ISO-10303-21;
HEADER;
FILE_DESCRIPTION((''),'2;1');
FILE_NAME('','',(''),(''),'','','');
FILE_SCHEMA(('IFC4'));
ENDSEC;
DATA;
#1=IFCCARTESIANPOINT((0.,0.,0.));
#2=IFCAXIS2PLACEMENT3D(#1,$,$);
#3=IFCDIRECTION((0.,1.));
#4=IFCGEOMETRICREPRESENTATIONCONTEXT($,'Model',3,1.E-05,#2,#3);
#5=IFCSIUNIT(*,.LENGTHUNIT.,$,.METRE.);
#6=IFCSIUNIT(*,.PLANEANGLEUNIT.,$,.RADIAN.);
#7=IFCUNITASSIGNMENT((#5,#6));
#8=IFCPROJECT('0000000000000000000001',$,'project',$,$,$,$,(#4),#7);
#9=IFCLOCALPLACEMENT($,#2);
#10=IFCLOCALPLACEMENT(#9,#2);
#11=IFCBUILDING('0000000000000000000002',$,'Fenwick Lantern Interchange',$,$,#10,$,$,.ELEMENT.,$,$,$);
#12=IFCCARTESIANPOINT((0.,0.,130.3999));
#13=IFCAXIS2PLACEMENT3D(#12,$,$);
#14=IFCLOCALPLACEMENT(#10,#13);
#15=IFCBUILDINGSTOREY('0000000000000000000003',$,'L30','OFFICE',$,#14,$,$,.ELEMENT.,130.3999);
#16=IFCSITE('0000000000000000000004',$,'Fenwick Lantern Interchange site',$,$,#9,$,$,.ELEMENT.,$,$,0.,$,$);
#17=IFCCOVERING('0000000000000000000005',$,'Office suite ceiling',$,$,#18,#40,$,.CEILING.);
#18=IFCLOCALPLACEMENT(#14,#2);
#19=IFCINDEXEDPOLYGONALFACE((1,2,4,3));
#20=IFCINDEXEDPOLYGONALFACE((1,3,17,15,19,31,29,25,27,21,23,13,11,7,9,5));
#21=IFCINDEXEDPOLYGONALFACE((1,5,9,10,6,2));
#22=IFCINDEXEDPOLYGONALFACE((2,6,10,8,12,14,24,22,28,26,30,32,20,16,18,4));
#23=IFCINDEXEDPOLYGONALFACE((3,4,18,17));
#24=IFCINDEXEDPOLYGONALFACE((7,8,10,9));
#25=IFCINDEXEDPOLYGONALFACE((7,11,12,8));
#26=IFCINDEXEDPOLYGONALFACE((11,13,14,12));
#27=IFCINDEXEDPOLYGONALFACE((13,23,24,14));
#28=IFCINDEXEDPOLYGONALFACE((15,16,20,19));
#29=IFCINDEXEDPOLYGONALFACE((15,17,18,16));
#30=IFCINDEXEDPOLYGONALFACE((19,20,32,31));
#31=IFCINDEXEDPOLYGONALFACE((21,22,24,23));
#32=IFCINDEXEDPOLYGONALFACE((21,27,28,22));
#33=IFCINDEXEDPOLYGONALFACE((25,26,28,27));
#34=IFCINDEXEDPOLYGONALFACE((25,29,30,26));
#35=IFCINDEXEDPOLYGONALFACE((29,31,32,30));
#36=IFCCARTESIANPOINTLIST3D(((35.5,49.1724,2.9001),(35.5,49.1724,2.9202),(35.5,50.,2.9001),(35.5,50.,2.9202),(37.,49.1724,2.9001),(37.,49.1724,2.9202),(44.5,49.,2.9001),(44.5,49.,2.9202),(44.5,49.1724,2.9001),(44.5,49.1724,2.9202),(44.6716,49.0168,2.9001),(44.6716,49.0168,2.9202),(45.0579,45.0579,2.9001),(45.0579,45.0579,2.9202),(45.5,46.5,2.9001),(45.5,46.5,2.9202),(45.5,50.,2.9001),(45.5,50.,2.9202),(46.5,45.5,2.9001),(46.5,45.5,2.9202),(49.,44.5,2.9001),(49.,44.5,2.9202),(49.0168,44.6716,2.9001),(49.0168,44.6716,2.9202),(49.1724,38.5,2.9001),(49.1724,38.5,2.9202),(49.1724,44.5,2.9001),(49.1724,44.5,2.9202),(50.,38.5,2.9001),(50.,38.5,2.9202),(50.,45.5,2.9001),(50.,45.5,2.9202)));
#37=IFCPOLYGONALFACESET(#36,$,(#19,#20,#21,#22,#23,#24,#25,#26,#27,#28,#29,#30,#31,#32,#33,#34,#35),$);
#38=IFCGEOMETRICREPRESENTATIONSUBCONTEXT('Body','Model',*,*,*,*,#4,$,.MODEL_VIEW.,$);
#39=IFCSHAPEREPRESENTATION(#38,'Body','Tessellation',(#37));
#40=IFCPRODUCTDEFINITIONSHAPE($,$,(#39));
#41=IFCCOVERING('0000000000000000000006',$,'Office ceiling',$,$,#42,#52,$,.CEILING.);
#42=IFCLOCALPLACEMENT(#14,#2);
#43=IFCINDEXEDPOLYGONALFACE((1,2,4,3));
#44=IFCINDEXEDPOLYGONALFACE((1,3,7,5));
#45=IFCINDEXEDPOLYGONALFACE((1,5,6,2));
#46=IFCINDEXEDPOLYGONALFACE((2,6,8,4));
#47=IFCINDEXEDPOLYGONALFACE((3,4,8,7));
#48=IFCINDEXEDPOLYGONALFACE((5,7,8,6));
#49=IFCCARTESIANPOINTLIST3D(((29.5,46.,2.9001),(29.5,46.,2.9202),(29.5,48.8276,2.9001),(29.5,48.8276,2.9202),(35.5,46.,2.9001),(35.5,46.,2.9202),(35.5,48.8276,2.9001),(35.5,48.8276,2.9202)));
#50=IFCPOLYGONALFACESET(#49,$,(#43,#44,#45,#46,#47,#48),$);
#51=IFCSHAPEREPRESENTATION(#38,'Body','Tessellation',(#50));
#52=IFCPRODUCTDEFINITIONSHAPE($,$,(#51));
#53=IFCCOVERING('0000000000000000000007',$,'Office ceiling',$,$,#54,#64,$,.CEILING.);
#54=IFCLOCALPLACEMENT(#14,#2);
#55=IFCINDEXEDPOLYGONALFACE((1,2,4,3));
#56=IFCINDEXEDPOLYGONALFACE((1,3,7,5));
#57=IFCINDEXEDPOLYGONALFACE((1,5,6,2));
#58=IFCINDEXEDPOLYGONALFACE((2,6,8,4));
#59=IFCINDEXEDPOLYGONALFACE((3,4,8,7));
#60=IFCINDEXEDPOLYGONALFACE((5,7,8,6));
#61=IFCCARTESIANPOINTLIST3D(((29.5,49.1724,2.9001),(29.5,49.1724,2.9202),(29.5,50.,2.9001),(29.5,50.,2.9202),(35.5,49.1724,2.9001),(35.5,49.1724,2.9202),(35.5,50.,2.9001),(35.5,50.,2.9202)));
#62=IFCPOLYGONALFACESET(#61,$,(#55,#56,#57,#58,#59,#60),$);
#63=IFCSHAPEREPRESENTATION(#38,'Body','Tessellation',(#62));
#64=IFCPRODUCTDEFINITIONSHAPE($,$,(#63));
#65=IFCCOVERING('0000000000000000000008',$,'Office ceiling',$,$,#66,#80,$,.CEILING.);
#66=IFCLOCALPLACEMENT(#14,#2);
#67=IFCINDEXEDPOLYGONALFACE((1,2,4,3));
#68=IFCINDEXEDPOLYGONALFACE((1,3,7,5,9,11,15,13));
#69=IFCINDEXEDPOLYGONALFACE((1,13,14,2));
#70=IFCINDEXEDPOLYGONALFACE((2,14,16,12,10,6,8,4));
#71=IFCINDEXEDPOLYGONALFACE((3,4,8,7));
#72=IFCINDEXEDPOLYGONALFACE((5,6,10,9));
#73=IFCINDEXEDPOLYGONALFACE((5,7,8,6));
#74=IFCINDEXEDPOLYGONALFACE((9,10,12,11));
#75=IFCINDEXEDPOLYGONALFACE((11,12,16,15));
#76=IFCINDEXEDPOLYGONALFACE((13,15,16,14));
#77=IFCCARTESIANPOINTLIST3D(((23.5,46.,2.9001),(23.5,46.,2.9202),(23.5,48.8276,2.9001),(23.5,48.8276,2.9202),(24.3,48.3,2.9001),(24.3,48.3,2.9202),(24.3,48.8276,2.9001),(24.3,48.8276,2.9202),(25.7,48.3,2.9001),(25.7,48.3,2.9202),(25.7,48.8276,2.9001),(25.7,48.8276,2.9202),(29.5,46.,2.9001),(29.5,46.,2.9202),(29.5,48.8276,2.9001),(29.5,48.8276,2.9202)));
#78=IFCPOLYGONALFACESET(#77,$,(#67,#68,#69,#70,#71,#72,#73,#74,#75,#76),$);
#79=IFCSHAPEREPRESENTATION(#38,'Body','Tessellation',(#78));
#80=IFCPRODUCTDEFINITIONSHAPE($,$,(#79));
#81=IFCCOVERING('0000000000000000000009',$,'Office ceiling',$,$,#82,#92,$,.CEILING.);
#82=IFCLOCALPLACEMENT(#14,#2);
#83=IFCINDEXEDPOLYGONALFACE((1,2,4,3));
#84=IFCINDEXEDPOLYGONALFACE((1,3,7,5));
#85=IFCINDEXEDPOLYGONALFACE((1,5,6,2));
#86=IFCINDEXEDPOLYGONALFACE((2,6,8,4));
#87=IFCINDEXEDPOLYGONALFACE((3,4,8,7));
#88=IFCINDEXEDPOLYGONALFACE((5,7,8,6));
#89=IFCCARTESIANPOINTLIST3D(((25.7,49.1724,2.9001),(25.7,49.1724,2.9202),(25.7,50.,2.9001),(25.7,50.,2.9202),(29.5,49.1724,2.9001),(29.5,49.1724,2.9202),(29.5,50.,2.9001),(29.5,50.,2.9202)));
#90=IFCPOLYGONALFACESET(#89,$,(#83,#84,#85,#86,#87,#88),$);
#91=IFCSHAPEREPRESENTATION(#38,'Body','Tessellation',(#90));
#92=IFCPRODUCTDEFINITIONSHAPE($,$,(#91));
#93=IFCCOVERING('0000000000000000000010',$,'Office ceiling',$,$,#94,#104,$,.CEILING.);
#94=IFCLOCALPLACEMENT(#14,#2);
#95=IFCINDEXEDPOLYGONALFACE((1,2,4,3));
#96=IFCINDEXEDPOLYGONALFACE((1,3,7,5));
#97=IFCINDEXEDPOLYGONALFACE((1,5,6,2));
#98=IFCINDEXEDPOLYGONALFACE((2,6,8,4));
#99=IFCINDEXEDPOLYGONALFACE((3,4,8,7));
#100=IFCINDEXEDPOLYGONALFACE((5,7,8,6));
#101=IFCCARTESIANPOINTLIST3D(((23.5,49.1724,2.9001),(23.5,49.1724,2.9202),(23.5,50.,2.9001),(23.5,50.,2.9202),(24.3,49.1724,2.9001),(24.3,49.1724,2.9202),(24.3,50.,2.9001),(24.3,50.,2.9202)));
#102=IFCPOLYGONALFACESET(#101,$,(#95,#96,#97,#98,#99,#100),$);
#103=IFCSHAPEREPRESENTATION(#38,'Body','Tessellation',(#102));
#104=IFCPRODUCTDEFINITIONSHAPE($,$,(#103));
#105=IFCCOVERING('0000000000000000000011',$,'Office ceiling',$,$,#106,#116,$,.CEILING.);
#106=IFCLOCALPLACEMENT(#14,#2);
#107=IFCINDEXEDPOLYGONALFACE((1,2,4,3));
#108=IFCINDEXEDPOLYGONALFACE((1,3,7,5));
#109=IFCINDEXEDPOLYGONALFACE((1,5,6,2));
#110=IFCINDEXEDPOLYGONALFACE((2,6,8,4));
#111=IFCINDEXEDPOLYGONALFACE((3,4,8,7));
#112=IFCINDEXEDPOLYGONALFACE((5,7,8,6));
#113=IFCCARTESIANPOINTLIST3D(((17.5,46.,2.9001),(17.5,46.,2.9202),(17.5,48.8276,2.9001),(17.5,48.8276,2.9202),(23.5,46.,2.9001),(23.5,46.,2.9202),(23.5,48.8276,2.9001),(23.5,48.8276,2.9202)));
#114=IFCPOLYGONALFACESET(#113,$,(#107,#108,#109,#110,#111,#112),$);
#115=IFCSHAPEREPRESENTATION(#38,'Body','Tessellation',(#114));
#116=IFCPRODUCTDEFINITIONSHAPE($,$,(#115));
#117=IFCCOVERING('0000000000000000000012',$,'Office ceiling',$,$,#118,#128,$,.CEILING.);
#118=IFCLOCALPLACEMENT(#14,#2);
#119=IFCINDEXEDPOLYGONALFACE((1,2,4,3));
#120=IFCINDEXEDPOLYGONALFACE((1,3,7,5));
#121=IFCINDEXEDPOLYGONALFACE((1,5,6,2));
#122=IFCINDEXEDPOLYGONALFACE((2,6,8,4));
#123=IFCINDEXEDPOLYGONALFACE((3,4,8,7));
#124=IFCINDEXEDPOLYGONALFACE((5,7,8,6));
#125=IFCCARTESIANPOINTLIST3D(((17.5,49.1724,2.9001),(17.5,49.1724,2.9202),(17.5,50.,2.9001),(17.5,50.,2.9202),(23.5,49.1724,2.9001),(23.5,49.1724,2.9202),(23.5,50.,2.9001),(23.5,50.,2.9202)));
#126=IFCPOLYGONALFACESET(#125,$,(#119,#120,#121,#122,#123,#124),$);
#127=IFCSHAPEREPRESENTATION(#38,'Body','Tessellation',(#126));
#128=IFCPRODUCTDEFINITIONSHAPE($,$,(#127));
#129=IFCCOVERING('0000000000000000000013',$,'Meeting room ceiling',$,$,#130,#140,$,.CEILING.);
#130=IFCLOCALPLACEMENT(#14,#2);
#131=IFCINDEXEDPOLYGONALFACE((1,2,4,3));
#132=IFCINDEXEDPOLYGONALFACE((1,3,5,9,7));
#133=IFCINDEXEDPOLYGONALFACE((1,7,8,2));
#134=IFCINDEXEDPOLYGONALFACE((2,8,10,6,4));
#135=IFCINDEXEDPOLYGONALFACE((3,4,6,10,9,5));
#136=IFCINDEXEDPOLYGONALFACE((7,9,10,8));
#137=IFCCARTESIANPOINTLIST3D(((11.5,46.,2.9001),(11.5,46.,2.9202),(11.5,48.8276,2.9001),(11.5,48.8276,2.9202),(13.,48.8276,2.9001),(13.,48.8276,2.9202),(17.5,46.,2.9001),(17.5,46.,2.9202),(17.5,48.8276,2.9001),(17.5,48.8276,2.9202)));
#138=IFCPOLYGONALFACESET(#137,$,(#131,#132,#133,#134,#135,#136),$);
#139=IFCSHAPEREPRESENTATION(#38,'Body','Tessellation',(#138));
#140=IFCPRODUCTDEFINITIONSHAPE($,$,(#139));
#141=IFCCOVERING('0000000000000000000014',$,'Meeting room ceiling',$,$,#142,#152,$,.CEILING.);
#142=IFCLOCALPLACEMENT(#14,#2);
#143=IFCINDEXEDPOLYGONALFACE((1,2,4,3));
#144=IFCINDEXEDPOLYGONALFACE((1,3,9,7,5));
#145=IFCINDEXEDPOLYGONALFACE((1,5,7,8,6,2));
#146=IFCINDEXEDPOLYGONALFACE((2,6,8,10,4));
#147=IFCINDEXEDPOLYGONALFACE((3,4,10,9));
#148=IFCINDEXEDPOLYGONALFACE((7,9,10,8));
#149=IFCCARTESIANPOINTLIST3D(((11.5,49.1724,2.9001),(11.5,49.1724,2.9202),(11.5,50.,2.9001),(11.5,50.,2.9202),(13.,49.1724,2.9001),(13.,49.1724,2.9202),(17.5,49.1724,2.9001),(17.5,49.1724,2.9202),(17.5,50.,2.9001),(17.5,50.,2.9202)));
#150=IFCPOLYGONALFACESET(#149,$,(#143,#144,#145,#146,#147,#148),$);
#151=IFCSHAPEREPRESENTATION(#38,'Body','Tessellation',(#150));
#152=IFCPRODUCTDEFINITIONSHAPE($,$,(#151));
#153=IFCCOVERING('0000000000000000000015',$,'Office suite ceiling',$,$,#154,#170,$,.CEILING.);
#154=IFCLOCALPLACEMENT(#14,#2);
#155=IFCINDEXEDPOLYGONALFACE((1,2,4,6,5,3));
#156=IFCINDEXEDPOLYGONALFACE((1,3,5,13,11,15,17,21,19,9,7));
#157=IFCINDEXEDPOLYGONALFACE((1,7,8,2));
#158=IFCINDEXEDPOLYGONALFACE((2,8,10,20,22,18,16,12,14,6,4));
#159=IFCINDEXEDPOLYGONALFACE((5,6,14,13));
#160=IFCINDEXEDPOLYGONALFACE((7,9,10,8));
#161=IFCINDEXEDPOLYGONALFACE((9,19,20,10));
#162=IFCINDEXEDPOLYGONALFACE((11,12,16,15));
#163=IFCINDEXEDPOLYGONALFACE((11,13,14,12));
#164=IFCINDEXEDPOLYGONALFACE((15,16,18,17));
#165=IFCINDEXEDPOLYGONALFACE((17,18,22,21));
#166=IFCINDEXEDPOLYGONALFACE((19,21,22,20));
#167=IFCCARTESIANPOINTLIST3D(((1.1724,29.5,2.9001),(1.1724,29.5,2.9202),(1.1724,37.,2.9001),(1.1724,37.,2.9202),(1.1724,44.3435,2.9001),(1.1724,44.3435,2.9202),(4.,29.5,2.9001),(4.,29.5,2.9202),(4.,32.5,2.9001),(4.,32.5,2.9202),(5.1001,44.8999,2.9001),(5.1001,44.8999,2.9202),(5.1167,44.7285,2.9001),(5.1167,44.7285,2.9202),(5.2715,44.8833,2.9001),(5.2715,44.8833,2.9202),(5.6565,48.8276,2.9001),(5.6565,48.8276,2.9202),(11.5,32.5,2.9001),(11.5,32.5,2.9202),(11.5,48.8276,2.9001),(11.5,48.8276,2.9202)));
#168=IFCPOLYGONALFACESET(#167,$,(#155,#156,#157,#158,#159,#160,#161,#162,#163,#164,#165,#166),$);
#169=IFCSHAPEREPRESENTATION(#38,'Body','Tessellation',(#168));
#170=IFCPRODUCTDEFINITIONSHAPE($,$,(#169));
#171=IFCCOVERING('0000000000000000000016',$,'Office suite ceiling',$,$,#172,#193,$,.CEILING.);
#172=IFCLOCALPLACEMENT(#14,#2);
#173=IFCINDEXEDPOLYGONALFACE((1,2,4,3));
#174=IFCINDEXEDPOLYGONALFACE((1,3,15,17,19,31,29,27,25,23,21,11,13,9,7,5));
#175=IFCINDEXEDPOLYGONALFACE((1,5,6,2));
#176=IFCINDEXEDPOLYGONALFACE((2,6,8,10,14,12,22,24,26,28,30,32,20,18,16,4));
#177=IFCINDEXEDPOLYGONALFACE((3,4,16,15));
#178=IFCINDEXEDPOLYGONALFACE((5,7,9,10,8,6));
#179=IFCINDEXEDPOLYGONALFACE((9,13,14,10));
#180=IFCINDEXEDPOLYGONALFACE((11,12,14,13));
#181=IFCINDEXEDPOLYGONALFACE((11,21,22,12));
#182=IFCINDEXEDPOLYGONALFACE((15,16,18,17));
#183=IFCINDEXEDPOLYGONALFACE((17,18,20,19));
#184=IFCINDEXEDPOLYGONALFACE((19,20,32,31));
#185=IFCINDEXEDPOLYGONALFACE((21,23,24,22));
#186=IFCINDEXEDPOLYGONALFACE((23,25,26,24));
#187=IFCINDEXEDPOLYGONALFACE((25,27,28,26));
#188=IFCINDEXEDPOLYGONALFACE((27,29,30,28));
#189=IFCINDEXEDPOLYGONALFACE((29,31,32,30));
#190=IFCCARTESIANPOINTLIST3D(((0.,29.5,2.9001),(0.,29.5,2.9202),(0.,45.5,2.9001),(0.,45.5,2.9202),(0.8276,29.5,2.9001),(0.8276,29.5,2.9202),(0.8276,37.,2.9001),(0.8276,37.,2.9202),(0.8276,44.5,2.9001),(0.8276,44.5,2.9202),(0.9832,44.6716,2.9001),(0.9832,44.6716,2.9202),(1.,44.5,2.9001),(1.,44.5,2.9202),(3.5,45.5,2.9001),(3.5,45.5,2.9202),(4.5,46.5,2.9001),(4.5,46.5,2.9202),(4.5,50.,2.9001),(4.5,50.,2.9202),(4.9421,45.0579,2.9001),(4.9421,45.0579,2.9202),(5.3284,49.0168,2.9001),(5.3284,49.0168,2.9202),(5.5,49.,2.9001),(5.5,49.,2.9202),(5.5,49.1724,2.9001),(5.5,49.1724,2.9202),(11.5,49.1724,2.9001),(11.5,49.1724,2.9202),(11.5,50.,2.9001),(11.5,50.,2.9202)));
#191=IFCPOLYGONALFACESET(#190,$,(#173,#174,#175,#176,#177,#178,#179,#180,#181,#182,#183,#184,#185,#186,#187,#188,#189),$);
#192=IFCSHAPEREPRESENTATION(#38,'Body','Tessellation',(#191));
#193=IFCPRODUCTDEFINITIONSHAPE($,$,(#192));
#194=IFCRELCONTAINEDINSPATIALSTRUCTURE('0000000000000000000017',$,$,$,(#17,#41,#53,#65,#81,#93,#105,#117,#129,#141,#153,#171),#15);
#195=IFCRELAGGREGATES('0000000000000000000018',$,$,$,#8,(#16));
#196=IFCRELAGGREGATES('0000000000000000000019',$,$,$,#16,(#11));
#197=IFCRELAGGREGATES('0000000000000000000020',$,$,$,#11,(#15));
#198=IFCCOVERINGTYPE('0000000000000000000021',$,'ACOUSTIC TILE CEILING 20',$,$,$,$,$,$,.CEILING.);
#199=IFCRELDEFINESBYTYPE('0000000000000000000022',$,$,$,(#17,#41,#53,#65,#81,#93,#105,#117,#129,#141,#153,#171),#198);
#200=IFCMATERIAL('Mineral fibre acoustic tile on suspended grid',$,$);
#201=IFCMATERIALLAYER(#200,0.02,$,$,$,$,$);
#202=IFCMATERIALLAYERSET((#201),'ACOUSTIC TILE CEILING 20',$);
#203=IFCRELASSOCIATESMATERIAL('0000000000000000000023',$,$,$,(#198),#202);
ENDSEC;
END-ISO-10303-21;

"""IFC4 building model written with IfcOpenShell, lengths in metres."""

from ifc_helpers import new_model, si_unit, direction, frame, origin, place, context, subcontext, project, spatial, polyline, outline, extrude, material, layer, layer_set, type_object, element, save


model = new_model("IFC4")

# Units and contexts
model_context = context("Model", 3, precision=1e-05, world=origin(), true_north=direction((0.0, 1.0)))
body_context = subcontext(model_context, "Body", "Model", "MODEL_VIEW")
ifc_project = project(units=[si_unit("LENGTHUNIT", "METRE"), si_unit("PLANEANGLEUNIT", "RADIAN")], contexts=[model_context])

# Site, building, storey
site_placement = place(None, origin())
site = spatial("IfcSite", under=ifc_project, at=site_placement, Name="Fenwick Lantern Interchange site", CompositionType="ELEMENT", RefElevation=0.0)
building_placement = place(site_placement, origin())
building = spatial("IfcBuilding", under=site, at=building_placement, Name="Fenwick Lantern Interchange", CompositionType="ELEMENT")
storey_placement = place(building_placement, frame((0.0, 0.0, 130.3999)))
storey = spatial("IfcBuildingStorey", under=building, at=storey_placement, Name="L30", Description="OFFICE", CompositionType="ELEMENT", Elevation=130.3999)

# Coverings
ifc_material = material(Name="Mineral fibre acoustic tile on suspended grid")
ifc_layer = layer(ifc_material, 0.02)
ifc_layer_set = layer_set([ifc_layer], Name="ACOUSTIC TILE CEILING 20")
covering_type = type_object("IfcCoveringType", Name="ACOUSTIC TILE CEILING 20", PredefinedType="CEILING", material=ifc_layer_set)
covering_1_placement = place(storey_placement, frame((0.0, 0.0, 2.9001)))
element("IfcCovering", 1, at=covering_1_placement, inside=storey, type_object=covering_type, Name="Office suite ceiling", PredefinedType="CEILING", context=body_context, shape_type="SweptSolid", body=[
    extrude(outline(polyline([(50.0, 38.5), (50.0, 45.5), (46.5, 45.5), (45.5, 46.5), (45.5, 50.0), (35.5, 50.0), (35.5, 49.1724), (37.0, 49.1724), (44.5, 49.1724), (44.5, 49.0), (44.6716, 49.0168), (45.0579, 45.0579), (49.0168, 44.6716), (49.0, 44.5), (49.1724, 44.5), (49.1724, 38.5), (50.0, 38.5)])), origin(), (0.0, 0.0, 1.0), 0.02),
])
covering_2_placement = place(storey_placement, frame((0.0, 0.0, 2.9001)))
element("IfcCovering", 2, at=covering_2_placement, inside=storey, type_object=covering_type, Name="Office ceiling", PredefinedType="CEILING", context=body_context, shape_type="SweptSolid", body=[
    extrude(outline(polyline([(35.5, 46.0), (35.5, 48.8276), (29.5, 48.8276), (29.5, 46.0), (35.5, 46.0)])), origin(), (0.0, 0.0, 1.0), 0.02),
])
covering_3_placement = place(storey_placement, frame((0.0, 0.0, 2.9001)))
element("IfcCovering", 3, at=covering_3_placement, inside=storey, type_object=covering_type, Name="Office ceiling", PredefinedType="CEILING", context=body_context, shape_type="SweptSolid", body=[
    extrude(outline(polyline([(29.5, 50.0), (29.5, 49.1724), (35.5, 49.1724), (35.5, 50.0), (29.5, 50.0)])), origin(), (0.0, 0.0, 1.0), 0.02),
])
covering_4_placement = place(storey_placement, frame((0.0, 0.0, 2.9001)))
element("IfcCovering", 4, at=covering_4_placement, inside=storey, type_object=covering_type, Name="Office ceiling", PredefinedType="CEILING", context=body_context, shape_type="SweptSolid", body=[
    extrude(outline(polyline([(29.5, 46.0), (29.5, 48.8276), (25.7, 48.8276), (25.7, 48.3), (24.3, 48.3), (24.3, 48.8276), (23.5, 48.8276), (23.5, 46.0), (29.5, 46.0)])), origin(), (0.0, 0.0, 1.0), 0.02),
])
covering_5_placement = place(storey_placement, frame((0.0, 0.0, 2.9001)))
element("IfcCovering", 5, at=covering_5_placement, inside=storey, type_object=covering_type, Name="Office ceiling", PredefinedType="CEILING", context=body_context, shape_type="SweptSolid", body=[
    extrude(outline(polyline([(29.5, 49.1724), (29.5, 50.0), (25.7, 50.0), (25.7, 49.1724), (29.5, 49.1724)])), origin(), (0.0, 0.0, 1.0), 0.02),
])
covering_6_placement = place(storey_placement, frame((0.0, 0.0, 2.9001)))
element("IfcCovering", 6, at=covering_6_placement, inside=storey, type_object=covering_type, Name="Office ceiling", PredefinedType="CEILING", context=body_context, shape_type="SweptSolid", body=[
    extrude(outline(polyline([(23.5, 50.0), (23.5, 49.1724), (24.3, 49.1724), (24.3, 50.0), (23.5, 50.0)])), origin(), (0.0, 0.0, 1.0), 0.02),
])
covering_7_placement = place(storey_placement, frame((0.0, 0.0, 2.9001)))
element("IfcCovering", 7, at=covering_7_placement, inside=storey, type_object=covering_type, Name="Office ceiling", PredefinedType="CEILING", context=body_context, shape_type="SweptSolid", body=[
    extrude(outline(polyline([(23.5, 46.0), (23.5, 48.8276), (17.5, 48.8276), (17.5, 46.0), (23.5, 46.0)])), origin(), (0.0, 0.0, 1.0), 0.02),
])
covering_8_placement = place(storey_placement, frame((0.0, 0.0, 2.9001)))
element("IfcCovering", 8, at=covering_8_placement, inside=storey, type_object=covering_type, Name="Office ceiling", PredefinedType="CEILING", context=body_context, shape_type="SweptSolid", body=[
    extrude(outline(polyline([(17.5, 50.0), (17.5, 49.1724), (23.5, 49.1724), (23.5, 50.0), (17.5, 50.0)])), origin(), (0.0, 0.0, 1.0), 0.02),
])
covering_9_placement = place(storey_placement, frame((0.0, 0.0, 2.9001)))
element("IfcCovering", 9, at=covering_9_placement, inside=storey, type_object=covering_type, Name="Meeting room ceiling", PredefinedType="CEILING", context=body_context, shape_type="SweptSolid", body=[
    extrude(outline(polyline([(17.5, 46.0), (17.5, 48.8276), (13.0, 48.8276), (11.5, 48.8276), (11.5, 46.0), (17.5, 46.0)])), origin(), (0.0, 0.0, 1.0), 0.02),
])
covering_10_placement = place(storey_placement, frame((0.0, 0.0, 2.9001)))
element("IfcCovering", 10, at=covering_10_placement, inside=storey, type_object=covering_type, Name="Meeting room ceiling", PredefinedType="CEILING", context=body_context, shape_type="SweptSolid", body=[
    extrude(outline(polyline([(11.5, 50.0), (11.5, 49.1724), (13.0, 49.1724), (17.5, 49.1724), (17.5, 50.0), (11.5, 50.0)])), origin(), (0.0, 0.0, 1.0), 0.02),
])
covering_11_placement = place(storey_placement, frame((0.0, 0.0, 2.9001)))
element("IfcCovering", 11, at=covering_11_placement, inside=storey, type_object=covering_type, Name="Office suite ceiling", PredefinedType="CEILING", context=body_context, shape_type="SweptSolid", body=[
    extrude(outline(polyline([(1.1724, 29.5), (4.0, 29.5), (4.0, 32.5), (11.5, 32.5), (11.5, 48.8276), (5.6565, 48.8276), (5.2715, 44.8833), (5.1001, 44.8999), (5.1167, 44.7285), (1.1724, 44.3435), (1.1724, 37.0), (1.1724, 29.5)])), origin(), (0.0, 0.0, 1.0), 0.02),
])
covering_12_placement = place(storey_placement, frame((0.0, 0.0, 2.9001)))
element("IfcCovering", 12, at=covering_12_placement, inside=storey, type_object=covering_type, Name="Office suite ceiling", PredefinedType="CEILING", context=body_context, shape_type="SweptSolid", body=[
    extrude(outline(polyline([(0.0, 29.5), (0.8276, 29.5), (0.8276, 37.0), (0.8276, 44.5), (1.0, 44.5), (0.9832, 44.6716), (4.9421, 45.0579), (5.3284, 49.0168), (5.5, 49.0), (5.5, 49.1724), (11.5, 49.1724), (11.5, 50.0), (4.5, 50.0), (4.5, 46.5), (3.5, 45.5), (0.0, 45.5), (0.0, 29.5)])), origin(), (0.0, 0.0, 1.0), 0.02),
])

save(model, "model.ifc")
